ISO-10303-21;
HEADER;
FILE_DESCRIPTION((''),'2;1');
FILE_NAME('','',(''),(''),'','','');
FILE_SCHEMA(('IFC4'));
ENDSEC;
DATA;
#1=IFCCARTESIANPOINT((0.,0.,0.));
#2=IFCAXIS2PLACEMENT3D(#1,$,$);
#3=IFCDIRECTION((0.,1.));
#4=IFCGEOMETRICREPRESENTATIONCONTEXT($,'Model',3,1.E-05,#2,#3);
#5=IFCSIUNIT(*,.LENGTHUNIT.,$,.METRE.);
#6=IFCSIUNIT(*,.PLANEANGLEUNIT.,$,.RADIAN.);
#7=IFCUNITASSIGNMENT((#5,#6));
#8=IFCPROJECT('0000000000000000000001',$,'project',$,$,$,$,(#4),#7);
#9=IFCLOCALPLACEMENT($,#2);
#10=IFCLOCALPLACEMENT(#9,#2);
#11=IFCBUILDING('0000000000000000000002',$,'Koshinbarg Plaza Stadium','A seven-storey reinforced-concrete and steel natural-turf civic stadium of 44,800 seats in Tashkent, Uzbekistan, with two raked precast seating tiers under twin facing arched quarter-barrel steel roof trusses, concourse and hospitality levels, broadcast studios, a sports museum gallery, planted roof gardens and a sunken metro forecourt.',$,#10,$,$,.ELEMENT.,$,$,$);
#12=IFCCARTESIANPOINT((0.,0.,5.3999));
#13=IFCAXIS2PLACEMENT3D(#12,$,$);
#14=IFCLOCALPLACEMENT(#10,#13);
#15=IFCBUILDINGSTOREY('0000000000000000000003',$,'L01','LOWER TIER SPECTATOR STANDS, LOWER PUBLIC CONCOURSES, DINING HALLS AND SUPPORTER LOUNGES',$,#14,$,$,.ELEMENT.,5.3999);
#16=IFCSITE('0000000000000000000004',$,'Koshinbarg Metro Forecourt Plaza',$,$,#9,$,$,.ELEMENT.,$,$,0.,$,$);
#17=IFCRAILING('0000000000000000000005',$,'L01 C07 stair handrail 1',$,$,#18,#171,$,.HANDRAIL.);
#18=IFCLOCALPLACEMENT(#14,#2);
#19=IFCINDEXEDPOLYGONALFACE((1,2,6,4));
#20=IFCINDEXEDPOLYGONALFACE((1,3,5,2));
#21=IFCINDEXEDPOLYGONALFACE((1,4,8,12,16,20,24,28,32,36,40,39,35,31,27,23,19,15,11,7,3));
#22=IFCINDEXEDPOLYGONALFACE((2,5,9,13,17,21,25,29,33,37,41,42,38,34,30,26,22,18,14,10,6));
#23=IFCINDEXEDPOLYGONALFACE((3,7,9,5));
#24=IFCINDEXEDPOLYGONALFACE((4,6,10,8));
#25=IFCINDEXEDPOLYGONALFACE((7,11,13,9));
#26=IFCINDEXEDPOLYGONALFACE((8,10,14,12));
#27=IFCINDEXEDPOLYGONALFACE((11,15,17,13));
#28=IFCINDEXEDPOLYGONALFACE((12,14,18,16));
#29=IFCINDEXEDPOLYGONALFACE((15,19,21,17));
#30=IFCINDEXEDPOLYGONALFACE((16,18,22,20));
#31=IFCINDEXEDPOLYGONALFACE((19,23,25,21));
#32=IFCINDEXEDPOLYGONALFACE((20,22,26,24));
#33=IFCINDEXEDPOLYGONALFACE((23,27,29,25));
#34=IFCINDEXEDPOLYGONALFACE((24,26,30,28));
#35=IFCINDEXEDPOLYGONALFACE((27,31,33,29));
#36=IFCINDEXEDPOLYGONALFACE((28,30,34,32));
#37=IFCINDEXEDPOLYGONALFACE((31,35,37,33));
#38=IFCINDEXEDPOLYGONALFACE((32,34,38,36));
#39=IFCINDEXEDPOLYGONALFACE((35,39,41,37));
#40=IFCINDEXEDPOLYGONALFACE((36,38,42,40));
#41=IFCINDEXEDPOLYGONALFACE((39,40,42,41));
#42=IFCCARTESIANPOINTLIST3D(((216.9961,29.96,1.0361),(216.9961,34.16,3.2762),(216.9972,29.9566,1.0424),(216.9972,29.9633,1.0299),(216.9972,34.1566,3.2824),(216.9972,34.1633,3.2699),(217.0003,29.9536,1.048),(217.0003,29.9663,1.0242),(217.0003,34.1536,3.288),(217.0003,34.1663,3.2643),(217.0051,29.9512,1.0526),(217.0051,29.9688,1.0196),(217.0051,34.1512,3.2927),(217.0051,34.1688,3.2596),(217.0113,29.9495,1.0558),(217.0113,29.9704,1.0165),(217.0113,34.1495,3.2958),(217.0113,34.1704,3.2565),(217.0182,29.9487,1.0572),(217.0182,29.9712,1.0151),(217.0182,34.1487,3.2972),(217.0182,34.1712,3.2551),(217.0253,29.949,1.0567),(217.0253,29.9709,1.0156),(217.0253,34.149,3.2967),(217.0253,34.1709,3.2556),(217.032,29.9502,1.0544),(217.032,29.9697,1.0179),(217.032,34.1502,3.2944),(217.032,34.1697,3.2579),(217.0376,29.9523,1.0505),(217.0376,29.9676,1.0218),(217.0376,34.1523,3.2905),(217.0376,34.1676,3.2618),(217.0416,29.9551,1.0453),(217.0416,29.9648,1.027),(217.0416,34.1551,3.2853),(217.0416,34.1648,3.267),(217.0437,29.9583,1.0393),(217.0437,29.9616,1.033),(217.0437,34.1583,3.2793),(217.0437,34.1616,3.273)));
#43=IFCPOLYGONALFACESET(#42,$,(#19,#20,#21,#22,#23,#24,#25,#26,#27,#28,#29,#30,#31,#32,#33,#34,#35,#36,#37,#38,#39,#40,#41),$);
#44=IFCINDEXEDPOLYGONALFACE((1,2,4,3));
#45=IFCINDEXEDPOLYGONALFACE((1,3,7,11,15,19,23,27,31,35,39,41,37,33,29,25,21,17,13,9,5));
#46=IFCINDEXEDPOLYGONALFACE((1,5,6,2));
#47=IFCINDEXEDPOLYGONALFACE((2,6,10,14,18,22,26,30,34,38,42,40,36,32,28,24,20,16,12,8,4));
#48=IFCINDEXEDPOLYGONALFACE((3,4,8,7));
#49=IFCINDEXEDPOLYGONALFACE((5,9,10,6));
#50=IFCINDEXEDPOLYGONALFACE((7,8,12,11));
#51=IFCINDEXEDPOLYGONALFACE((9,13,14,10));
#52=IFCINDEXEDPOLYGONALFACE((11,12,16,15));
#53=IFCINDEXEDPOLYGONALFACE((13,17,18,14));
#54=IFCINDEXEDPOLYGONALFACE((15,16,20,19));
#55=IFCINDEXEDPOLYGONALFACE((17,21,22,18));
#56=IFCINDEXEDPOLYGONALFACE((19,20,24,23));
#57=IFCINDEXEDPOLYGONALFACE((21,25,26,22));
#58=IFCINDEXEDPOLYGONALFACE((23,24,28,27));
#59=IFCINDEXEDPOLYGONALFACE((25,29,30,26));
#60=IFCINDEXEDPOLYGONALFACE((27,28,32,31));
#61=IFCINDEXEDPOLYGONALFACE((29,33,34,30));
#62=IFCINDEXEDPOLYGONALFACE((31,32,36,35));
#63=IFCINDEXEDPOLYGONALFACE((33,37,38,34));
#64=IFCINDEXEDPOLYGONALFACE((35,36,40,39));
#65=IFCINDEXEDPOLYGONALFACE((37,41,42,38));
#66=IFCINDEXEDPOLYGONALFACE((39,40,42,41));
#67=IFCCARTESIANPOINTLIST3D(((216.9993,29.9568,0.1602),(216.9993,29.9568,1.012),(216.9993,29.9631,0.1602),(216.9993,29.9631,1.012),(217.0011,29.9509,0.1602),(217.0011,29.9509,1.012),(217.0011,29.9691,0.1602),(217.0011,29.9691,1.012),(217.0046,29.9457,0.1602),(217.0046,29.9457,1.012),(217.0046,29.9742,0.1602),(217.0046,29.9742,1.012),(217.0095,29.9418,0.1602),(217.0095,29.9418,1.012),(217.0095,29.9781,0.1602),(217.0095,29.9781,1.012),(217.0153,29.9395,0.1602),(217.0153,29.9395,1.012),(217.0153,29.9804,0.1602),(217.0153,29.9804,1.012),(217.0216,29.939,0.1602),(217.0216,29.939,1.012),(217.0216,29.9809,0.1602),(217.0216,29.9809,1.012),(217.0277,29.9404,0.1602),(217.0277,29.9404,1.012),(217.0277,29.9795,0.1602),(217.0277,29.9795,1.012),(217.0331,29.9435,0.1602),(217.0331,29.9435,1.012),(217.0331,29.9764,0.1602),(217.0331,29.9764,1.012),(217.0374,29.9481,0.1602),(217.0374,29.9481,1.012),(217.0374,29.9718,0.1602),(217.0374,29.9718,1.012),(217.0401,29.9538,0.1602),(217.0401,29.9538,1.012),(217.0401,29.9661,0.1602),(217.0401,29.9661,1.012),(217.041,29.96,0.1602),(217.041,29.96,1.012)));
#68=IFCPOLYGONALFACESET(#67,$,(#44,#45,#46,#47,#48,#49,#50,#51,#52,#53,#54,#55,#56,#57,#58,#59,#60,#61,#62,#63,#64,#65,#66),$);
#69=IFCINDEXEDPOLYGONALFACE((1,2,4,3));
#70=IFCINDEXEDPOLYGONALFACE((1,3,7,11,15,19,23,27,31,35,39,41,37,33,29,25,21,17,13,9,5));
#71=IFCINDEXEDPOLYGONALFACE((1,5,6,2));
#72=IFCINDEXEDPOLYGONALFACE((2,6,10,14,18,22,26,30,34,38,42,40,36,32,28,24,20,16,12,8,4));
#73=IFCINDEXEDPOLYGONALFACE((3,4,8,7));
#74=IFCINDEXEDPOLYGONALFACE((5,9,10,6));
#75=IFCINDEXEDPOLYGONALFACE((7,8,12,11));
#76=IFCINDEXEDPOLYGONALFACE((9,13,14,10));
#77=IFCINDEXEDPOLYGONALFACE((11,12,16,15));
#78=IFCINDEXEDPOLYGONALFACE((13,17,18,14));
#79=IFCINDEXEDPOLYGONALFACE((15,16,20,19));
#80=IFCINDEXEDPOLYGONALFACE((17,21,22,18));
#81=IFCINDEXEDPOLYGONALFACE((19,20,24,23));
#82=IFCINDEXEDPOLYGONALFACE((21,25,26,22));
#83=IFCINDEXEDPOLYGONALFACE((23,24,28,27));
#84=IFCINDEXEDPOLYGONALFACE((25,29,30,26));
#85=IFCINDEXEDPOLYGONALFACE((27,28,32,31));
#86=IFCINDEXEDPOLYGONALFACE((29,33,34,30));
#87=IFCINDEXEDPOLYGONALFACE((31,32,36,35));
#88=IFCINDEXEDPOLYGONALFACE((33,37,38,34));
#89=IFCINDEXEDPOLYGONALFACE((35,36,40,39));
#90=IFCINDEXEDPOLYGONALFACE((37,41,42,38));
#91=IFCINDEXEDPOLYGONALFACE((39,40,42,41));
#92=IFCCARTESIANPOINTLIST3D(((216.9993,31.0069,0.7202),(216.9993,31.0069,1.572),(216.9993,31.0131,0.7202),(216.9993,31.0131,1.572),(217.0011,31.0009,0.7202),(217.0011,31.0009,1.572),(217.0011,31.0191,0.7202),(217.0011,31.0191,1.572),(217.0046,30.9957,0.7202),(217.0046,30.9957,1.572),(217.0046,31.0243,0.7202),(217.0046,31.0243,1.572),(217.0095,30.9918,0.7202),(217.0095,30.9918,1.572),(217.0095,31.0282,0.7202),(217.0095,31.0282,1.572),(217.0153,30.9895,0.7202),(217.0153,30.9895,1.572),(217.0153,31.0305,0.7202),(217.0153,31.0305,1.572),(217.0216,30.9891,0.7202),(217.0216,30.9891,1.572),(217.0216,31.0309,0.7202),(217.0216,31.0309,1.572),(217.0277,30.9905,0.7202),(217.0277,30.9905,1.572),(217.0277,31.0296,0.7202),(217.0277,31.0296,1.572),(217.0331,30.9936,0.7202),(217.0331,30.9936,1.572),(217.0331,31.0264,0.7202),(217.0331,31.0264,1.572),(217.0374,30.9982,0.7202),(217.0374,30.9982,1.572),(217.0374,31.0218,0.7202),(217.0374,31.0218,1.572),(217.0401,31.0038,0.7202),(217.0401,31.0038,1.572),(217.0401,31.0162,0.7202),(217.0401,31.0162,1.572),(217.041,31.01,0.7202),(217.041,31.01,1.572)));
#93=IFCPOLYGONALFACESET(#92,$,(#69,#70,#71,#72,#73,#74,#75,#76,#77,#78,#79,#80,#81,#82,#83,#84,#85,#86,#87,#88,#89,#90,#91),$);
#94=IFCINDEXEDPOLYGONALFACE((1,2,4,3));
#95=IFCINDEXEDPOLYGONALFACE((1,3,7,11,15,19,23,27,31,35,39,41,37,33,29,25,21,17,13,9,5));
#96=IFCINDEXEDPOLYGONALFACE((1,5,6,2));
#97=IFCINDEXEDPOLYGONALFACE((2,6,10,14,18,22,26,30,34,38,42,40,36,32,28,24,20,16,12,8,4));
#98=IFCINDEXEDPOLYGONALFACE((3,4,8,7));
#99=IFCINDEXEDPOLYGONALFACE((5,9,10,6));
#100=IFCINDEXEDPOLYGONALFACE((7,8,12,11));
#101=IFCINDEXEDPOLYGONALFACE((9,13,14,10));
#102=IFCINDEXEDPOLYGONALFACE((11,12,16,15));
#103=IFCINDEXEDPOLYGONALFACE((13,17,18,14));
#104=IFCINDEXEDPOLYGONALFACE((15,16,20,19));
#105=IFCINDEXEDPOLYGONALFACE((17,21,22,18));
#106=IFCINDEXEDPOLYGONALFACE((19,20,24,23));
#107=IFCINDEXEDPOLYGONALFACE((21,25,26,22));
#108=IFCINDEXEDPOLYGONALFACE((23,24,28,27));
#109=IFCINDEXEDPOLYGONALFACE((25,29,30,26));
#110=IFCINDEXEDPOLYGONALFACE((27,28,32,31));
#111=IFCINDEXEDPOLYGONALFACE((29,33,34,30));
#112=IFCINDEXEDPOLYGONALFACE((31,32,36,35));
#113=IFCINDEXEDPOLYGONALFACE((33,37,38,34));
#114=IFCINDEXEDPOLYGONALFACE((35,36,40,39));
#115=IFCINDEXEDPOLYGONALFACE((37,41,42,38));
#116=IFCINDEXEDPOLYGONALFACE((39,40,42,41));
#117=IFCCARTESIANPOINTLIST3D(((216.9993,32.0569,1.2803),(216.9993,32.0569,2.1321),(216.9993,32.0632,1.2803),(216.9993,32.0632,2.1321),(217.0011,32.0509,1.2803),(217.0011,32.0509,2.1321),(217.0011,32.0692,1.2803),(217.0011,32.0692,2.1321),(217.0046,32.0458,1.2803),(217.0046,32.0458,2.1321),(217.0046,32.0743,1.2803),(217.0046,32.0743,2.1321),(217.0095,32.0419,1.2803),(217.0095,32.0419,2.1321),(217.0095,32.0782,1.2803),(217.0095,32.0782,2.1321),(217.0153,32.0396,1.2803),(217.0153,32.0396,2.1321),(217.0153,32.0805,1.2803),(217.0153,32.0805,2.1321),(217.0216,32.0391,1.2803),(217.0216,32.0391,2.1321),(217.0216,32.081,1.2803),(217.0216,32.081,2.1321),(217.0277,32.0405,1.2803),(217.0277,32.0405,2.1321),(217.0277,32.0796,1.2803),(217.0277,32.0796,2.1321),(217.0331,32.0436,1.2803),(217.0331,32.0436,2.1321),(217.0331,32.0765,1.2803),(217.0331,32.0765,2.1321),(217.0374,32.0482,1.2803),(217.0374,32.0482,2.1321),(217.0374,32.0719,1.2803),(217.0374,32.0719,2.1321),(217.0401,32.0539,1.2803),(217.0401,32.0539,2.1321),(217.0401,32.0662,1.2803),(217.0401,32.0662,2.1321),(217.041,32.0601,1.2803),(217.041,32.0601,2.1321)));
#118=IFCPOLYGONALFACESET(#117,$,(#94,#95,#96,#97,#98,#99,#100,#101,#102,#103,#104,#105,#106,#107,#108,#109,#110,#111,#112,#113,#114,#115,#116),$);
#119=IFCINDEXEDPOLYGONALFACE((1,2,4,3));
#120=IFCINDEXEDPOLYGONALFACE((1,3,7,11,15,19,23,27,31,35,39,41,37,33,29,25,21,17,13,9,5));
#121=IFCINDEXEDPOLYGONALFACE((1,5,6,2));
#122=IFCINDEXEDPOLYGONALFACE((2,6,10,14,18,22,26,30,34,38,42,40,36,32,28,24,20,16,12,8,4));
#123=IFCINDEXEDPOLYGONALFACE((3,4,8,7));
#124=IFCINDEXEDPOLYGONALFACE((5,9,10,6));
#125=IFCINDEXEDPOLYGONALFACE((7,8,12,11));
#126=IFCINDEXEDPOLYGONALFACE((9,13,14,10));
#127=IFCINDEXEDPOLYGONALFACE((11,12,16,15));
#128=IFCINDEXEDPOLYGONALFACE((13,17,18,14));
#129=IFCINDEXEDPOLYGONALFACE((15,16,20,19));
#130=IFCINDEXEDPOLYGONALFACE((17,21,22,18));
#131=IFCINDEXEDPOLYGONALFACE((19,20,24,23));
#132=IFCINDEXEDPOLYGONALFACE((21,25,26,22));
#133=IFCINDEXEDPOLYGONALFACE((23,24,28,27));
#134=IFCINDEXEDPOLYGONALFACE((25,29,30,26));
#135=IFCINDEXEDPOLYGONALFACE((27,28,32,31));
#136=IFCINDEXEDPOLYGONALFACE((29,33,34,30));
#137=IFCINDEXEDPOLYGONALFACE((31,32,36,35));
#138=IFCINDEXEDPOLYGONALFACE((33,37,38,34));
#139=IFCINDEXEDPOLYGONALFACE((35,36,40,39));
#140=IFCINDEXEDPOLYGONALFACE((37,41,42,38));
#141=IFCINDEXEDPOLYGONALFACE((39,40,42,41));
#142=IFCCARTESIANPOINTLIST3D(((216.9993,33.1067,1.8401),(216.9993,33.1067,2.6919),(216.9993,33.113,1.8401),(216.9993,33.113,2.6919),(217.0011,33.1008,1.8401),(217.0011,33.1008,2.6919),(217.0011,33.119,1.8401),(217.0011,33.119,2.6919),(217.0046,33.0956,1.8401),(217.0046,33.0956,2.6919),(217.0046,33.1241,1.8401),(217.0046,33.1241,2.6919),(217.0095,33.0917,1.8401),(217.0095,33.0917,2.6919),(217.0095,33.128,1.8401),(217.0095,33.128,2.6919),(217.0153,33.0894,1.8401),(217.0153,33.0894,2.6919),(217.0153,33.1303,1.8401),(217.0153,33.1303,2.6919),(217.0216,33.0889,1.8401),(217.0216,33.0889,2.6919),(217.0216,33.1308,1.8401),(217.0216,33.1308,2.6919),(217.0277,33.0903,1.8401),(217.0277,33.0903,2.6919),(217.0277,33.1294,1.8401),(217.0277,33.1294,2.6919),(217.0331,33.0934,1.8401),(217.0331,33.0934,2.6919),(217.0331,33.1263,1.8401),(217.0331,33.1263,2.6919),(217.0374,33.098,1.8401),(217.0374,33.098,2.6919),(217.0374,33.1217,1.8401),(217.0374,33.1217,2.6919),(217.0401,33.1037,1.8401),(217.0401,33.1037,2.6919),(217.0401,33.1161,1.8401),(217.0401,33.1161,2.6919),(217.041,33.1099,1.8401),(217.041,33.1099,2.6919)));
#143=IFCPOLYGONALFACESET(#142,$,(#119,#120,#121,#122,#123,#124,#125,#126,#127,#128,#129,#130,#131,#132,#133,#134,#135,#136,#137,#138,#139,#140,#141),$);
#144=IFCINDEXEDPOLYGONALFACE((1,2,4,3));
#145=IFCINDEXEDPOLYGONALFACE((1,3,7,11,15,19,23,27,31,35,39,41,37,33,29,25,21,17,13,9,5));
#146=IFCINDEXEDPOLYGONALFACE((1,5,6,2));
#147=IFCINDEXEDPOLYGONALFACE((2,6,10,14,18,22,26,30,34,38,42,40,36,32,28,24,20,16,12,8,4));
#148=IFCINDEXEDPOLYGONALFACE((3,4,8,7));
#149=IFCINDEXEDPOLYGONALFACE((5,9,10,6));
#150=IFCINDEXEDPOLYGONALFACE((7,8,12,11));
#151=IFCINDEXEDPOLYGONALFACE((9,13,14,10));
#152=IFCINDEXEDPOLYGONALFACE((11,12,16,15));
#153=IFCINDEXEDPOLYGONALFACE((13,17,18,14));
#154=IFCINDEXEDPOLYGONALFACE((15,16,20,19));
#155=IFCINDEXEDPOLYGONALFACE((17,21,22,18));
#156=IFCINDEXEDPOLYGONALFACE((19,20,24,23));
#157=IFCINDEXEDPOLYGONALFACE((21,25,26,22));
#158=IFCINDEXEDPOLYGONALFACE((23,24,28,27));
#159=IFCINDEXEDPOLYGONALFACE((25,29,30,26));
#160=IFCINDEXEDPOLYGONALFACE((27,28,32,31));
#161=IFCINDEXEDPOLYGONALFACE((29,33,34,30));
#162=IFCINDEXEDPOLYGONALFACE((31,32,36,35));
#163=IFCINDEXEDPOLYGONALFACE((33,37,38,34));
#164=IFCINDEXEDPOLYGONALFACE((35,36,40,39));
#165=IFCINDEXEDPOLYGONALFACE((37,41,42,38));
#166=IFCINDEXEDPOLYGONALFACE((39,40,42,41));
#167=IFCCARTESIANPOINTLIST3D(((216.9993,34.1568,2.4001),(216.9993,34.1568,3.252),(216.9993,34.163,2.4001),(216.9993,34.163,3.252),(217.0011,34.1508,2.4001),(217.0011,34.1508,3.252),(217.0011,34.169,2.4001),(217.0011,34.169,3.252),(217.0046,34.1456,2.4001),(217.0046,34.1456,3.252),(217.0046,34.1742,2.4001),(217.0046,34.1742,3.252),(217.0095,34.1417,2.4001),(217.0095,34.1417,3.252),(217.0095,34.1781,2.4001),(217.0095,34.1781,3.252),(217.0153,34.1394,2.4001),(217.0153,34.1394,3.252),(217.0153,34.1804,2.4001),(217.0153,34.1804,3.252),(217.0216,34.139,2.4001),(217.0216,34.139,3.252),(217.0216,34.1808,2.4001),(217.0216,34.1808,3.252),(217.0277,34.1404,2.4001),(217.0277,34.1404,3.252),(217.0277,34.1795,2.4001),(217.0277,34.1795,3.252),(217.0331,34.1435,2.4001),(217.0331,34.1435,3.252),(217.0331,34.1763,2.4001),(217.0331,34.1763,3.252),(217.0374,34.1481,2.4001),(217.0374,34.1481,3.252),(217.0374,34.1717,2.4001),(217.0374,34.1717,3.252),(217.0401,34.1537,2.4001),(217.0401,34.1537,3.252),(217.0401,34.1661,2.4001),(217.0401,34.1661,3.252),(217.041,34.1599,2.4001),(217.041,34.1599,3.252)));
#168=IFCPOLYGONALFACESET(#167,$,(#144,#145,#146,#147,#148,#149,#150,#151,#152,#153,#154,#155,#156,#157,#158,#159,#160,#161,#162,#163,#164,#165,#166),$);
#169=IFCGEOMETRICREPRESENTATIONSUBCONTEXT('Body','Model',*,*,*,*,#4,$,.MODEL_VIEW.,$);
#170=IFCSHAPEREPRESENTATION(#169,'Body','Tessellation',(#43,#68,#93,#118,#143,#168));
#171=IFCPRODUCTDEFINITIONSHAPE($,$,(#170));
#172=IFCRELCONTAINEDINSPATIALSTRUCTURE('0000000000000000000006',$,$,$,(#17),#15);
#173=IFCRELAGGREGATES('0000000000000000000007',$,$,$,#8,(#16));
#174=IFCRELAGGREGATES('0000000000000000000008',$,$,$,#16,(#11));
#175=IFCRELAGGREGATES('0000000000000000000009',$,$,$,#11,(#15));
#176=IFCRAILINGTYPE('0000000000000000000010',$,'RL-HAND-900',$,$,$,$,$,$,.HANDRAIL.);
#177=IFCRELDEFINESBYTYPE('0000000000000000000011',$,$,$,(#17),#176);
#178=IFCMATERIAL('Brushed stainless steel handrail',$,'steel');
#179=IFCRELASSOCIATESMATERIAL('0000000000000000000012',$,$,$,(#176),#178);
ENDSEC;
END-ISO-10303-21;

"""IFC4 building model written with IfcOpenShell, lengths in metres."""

from ifc_helpers import new_model, si_unit, direction, frame, origin, origin_2d, place, context, subcontext, project, spatial, circle, extrude, material, type_object, element, save


model = new_model("IFC4")

# Units and contexts
model_context = context("Model", 3, precision=1e-05, world=origin(), true_north=direction((0.0, 1.0)))
body_context = subcontext(model_context, "Body", "Model", "MODEL_VIEW")
ifc_project = project(units=[si_unit("LENGTHUNIT", "METRE"), si_unit("PLANEANGLEUNIT", "RADIAN")], contexts=[model_context])

# Site, building, storey
site_placement = place(None, origin())
site = spatial("IfcSite", under=ifc_project, at=site_placement, Name="Koshinbarg Metro Forecourt Plaza", CompositionType="ELEMENT", RefElevation=0.0)
building_placement = place(site_placement, origin())
building = spatial("IfcBuilding", under=site, at=building_placement, Name="Koshinbarg Plaza Stadium", Description="A seven-storey reinforced-concrete and steel natural-turf civic stadium of 44,800 seats in Tashkent, Uzbekistan, with two raked precast seating tiers under twin facing arched quarter-barrel steel roof trusses, concourse and hospitality levels, broadcast studios, a sports museum gallery, planted roof gardens and a sunken metro forecourt.", CompositionType="ELEMENT")
storey_placement = place(building_placement, frame((0.0, 0.0, 5.3999)))
storey = spatial("IfcBuildingStorey", under=building, at=storey_placement, Name="L01", Description="LOWER TIER SPECTATOR STANDS, LOWER PUBLIC CONCOURSES, DINING HALLS AND SUPPORTER LOUNGES", CompositionType="ELEMENT", Elevation=5.3999)

# Railing
ifc_material_1 = material(Name="Brushed stainless steel handrail", Category="steel")
railing_type_1 = type_object("IfcRailingType", Name="RL-HAND-900", PredefinedType="HANDRAIL", material=ifc_material_1)
railing_1_placement = place(storey_placement, frame((217.02, 29.96, 0.1602)))
element("IfcRailing", 1, at=railing_1_placement, inside=storey, type_object=railing_type_1, Name="L01 C07 stair handrail 1", PredefinedType="HANDRAIL", context=body_context, shape_type="SweptSolid", body=[
    extrude(circle(Radius=0.0239, at=origin_2d()), frame((0.0, 0.0, 0.876), z_axis=(0.0, 0.882352, 0.470591), x_axis=(-1.0, 0.0, 0.0)), (0.0, 0.0, 1.0), 4.76),
    extrude(circle(Radius=0.021, at=origin_2d()), origin(), (0.0, 0.0, 1.0), 0.8518),
    extrude(circle(Radius=0.021, at=origin_2d()), frame((0.0, 1.05, 0.5601)), (0.0, 0.0, 1.0), 0.8518),
    extrude(circle(Radius=0.021, at=origin_2d()), frame((0.0, 2.1001, 1.1201)), (0.0, 0.0, 1.0), 0.8518),
    extrude(circle(Radius=0.021, at=origin_2d()), frame((0.0, 3.1499, 1.6799)), (0.0, 0.0, 1.0), 0.8518),
    extrude(circle(Radius=0.021, at=origin_2d()), frame((0.0, 4.2, 2.24)), (0.0, 0.0, 1.0), 0.8518),
])

save(model, "model.ifc")
